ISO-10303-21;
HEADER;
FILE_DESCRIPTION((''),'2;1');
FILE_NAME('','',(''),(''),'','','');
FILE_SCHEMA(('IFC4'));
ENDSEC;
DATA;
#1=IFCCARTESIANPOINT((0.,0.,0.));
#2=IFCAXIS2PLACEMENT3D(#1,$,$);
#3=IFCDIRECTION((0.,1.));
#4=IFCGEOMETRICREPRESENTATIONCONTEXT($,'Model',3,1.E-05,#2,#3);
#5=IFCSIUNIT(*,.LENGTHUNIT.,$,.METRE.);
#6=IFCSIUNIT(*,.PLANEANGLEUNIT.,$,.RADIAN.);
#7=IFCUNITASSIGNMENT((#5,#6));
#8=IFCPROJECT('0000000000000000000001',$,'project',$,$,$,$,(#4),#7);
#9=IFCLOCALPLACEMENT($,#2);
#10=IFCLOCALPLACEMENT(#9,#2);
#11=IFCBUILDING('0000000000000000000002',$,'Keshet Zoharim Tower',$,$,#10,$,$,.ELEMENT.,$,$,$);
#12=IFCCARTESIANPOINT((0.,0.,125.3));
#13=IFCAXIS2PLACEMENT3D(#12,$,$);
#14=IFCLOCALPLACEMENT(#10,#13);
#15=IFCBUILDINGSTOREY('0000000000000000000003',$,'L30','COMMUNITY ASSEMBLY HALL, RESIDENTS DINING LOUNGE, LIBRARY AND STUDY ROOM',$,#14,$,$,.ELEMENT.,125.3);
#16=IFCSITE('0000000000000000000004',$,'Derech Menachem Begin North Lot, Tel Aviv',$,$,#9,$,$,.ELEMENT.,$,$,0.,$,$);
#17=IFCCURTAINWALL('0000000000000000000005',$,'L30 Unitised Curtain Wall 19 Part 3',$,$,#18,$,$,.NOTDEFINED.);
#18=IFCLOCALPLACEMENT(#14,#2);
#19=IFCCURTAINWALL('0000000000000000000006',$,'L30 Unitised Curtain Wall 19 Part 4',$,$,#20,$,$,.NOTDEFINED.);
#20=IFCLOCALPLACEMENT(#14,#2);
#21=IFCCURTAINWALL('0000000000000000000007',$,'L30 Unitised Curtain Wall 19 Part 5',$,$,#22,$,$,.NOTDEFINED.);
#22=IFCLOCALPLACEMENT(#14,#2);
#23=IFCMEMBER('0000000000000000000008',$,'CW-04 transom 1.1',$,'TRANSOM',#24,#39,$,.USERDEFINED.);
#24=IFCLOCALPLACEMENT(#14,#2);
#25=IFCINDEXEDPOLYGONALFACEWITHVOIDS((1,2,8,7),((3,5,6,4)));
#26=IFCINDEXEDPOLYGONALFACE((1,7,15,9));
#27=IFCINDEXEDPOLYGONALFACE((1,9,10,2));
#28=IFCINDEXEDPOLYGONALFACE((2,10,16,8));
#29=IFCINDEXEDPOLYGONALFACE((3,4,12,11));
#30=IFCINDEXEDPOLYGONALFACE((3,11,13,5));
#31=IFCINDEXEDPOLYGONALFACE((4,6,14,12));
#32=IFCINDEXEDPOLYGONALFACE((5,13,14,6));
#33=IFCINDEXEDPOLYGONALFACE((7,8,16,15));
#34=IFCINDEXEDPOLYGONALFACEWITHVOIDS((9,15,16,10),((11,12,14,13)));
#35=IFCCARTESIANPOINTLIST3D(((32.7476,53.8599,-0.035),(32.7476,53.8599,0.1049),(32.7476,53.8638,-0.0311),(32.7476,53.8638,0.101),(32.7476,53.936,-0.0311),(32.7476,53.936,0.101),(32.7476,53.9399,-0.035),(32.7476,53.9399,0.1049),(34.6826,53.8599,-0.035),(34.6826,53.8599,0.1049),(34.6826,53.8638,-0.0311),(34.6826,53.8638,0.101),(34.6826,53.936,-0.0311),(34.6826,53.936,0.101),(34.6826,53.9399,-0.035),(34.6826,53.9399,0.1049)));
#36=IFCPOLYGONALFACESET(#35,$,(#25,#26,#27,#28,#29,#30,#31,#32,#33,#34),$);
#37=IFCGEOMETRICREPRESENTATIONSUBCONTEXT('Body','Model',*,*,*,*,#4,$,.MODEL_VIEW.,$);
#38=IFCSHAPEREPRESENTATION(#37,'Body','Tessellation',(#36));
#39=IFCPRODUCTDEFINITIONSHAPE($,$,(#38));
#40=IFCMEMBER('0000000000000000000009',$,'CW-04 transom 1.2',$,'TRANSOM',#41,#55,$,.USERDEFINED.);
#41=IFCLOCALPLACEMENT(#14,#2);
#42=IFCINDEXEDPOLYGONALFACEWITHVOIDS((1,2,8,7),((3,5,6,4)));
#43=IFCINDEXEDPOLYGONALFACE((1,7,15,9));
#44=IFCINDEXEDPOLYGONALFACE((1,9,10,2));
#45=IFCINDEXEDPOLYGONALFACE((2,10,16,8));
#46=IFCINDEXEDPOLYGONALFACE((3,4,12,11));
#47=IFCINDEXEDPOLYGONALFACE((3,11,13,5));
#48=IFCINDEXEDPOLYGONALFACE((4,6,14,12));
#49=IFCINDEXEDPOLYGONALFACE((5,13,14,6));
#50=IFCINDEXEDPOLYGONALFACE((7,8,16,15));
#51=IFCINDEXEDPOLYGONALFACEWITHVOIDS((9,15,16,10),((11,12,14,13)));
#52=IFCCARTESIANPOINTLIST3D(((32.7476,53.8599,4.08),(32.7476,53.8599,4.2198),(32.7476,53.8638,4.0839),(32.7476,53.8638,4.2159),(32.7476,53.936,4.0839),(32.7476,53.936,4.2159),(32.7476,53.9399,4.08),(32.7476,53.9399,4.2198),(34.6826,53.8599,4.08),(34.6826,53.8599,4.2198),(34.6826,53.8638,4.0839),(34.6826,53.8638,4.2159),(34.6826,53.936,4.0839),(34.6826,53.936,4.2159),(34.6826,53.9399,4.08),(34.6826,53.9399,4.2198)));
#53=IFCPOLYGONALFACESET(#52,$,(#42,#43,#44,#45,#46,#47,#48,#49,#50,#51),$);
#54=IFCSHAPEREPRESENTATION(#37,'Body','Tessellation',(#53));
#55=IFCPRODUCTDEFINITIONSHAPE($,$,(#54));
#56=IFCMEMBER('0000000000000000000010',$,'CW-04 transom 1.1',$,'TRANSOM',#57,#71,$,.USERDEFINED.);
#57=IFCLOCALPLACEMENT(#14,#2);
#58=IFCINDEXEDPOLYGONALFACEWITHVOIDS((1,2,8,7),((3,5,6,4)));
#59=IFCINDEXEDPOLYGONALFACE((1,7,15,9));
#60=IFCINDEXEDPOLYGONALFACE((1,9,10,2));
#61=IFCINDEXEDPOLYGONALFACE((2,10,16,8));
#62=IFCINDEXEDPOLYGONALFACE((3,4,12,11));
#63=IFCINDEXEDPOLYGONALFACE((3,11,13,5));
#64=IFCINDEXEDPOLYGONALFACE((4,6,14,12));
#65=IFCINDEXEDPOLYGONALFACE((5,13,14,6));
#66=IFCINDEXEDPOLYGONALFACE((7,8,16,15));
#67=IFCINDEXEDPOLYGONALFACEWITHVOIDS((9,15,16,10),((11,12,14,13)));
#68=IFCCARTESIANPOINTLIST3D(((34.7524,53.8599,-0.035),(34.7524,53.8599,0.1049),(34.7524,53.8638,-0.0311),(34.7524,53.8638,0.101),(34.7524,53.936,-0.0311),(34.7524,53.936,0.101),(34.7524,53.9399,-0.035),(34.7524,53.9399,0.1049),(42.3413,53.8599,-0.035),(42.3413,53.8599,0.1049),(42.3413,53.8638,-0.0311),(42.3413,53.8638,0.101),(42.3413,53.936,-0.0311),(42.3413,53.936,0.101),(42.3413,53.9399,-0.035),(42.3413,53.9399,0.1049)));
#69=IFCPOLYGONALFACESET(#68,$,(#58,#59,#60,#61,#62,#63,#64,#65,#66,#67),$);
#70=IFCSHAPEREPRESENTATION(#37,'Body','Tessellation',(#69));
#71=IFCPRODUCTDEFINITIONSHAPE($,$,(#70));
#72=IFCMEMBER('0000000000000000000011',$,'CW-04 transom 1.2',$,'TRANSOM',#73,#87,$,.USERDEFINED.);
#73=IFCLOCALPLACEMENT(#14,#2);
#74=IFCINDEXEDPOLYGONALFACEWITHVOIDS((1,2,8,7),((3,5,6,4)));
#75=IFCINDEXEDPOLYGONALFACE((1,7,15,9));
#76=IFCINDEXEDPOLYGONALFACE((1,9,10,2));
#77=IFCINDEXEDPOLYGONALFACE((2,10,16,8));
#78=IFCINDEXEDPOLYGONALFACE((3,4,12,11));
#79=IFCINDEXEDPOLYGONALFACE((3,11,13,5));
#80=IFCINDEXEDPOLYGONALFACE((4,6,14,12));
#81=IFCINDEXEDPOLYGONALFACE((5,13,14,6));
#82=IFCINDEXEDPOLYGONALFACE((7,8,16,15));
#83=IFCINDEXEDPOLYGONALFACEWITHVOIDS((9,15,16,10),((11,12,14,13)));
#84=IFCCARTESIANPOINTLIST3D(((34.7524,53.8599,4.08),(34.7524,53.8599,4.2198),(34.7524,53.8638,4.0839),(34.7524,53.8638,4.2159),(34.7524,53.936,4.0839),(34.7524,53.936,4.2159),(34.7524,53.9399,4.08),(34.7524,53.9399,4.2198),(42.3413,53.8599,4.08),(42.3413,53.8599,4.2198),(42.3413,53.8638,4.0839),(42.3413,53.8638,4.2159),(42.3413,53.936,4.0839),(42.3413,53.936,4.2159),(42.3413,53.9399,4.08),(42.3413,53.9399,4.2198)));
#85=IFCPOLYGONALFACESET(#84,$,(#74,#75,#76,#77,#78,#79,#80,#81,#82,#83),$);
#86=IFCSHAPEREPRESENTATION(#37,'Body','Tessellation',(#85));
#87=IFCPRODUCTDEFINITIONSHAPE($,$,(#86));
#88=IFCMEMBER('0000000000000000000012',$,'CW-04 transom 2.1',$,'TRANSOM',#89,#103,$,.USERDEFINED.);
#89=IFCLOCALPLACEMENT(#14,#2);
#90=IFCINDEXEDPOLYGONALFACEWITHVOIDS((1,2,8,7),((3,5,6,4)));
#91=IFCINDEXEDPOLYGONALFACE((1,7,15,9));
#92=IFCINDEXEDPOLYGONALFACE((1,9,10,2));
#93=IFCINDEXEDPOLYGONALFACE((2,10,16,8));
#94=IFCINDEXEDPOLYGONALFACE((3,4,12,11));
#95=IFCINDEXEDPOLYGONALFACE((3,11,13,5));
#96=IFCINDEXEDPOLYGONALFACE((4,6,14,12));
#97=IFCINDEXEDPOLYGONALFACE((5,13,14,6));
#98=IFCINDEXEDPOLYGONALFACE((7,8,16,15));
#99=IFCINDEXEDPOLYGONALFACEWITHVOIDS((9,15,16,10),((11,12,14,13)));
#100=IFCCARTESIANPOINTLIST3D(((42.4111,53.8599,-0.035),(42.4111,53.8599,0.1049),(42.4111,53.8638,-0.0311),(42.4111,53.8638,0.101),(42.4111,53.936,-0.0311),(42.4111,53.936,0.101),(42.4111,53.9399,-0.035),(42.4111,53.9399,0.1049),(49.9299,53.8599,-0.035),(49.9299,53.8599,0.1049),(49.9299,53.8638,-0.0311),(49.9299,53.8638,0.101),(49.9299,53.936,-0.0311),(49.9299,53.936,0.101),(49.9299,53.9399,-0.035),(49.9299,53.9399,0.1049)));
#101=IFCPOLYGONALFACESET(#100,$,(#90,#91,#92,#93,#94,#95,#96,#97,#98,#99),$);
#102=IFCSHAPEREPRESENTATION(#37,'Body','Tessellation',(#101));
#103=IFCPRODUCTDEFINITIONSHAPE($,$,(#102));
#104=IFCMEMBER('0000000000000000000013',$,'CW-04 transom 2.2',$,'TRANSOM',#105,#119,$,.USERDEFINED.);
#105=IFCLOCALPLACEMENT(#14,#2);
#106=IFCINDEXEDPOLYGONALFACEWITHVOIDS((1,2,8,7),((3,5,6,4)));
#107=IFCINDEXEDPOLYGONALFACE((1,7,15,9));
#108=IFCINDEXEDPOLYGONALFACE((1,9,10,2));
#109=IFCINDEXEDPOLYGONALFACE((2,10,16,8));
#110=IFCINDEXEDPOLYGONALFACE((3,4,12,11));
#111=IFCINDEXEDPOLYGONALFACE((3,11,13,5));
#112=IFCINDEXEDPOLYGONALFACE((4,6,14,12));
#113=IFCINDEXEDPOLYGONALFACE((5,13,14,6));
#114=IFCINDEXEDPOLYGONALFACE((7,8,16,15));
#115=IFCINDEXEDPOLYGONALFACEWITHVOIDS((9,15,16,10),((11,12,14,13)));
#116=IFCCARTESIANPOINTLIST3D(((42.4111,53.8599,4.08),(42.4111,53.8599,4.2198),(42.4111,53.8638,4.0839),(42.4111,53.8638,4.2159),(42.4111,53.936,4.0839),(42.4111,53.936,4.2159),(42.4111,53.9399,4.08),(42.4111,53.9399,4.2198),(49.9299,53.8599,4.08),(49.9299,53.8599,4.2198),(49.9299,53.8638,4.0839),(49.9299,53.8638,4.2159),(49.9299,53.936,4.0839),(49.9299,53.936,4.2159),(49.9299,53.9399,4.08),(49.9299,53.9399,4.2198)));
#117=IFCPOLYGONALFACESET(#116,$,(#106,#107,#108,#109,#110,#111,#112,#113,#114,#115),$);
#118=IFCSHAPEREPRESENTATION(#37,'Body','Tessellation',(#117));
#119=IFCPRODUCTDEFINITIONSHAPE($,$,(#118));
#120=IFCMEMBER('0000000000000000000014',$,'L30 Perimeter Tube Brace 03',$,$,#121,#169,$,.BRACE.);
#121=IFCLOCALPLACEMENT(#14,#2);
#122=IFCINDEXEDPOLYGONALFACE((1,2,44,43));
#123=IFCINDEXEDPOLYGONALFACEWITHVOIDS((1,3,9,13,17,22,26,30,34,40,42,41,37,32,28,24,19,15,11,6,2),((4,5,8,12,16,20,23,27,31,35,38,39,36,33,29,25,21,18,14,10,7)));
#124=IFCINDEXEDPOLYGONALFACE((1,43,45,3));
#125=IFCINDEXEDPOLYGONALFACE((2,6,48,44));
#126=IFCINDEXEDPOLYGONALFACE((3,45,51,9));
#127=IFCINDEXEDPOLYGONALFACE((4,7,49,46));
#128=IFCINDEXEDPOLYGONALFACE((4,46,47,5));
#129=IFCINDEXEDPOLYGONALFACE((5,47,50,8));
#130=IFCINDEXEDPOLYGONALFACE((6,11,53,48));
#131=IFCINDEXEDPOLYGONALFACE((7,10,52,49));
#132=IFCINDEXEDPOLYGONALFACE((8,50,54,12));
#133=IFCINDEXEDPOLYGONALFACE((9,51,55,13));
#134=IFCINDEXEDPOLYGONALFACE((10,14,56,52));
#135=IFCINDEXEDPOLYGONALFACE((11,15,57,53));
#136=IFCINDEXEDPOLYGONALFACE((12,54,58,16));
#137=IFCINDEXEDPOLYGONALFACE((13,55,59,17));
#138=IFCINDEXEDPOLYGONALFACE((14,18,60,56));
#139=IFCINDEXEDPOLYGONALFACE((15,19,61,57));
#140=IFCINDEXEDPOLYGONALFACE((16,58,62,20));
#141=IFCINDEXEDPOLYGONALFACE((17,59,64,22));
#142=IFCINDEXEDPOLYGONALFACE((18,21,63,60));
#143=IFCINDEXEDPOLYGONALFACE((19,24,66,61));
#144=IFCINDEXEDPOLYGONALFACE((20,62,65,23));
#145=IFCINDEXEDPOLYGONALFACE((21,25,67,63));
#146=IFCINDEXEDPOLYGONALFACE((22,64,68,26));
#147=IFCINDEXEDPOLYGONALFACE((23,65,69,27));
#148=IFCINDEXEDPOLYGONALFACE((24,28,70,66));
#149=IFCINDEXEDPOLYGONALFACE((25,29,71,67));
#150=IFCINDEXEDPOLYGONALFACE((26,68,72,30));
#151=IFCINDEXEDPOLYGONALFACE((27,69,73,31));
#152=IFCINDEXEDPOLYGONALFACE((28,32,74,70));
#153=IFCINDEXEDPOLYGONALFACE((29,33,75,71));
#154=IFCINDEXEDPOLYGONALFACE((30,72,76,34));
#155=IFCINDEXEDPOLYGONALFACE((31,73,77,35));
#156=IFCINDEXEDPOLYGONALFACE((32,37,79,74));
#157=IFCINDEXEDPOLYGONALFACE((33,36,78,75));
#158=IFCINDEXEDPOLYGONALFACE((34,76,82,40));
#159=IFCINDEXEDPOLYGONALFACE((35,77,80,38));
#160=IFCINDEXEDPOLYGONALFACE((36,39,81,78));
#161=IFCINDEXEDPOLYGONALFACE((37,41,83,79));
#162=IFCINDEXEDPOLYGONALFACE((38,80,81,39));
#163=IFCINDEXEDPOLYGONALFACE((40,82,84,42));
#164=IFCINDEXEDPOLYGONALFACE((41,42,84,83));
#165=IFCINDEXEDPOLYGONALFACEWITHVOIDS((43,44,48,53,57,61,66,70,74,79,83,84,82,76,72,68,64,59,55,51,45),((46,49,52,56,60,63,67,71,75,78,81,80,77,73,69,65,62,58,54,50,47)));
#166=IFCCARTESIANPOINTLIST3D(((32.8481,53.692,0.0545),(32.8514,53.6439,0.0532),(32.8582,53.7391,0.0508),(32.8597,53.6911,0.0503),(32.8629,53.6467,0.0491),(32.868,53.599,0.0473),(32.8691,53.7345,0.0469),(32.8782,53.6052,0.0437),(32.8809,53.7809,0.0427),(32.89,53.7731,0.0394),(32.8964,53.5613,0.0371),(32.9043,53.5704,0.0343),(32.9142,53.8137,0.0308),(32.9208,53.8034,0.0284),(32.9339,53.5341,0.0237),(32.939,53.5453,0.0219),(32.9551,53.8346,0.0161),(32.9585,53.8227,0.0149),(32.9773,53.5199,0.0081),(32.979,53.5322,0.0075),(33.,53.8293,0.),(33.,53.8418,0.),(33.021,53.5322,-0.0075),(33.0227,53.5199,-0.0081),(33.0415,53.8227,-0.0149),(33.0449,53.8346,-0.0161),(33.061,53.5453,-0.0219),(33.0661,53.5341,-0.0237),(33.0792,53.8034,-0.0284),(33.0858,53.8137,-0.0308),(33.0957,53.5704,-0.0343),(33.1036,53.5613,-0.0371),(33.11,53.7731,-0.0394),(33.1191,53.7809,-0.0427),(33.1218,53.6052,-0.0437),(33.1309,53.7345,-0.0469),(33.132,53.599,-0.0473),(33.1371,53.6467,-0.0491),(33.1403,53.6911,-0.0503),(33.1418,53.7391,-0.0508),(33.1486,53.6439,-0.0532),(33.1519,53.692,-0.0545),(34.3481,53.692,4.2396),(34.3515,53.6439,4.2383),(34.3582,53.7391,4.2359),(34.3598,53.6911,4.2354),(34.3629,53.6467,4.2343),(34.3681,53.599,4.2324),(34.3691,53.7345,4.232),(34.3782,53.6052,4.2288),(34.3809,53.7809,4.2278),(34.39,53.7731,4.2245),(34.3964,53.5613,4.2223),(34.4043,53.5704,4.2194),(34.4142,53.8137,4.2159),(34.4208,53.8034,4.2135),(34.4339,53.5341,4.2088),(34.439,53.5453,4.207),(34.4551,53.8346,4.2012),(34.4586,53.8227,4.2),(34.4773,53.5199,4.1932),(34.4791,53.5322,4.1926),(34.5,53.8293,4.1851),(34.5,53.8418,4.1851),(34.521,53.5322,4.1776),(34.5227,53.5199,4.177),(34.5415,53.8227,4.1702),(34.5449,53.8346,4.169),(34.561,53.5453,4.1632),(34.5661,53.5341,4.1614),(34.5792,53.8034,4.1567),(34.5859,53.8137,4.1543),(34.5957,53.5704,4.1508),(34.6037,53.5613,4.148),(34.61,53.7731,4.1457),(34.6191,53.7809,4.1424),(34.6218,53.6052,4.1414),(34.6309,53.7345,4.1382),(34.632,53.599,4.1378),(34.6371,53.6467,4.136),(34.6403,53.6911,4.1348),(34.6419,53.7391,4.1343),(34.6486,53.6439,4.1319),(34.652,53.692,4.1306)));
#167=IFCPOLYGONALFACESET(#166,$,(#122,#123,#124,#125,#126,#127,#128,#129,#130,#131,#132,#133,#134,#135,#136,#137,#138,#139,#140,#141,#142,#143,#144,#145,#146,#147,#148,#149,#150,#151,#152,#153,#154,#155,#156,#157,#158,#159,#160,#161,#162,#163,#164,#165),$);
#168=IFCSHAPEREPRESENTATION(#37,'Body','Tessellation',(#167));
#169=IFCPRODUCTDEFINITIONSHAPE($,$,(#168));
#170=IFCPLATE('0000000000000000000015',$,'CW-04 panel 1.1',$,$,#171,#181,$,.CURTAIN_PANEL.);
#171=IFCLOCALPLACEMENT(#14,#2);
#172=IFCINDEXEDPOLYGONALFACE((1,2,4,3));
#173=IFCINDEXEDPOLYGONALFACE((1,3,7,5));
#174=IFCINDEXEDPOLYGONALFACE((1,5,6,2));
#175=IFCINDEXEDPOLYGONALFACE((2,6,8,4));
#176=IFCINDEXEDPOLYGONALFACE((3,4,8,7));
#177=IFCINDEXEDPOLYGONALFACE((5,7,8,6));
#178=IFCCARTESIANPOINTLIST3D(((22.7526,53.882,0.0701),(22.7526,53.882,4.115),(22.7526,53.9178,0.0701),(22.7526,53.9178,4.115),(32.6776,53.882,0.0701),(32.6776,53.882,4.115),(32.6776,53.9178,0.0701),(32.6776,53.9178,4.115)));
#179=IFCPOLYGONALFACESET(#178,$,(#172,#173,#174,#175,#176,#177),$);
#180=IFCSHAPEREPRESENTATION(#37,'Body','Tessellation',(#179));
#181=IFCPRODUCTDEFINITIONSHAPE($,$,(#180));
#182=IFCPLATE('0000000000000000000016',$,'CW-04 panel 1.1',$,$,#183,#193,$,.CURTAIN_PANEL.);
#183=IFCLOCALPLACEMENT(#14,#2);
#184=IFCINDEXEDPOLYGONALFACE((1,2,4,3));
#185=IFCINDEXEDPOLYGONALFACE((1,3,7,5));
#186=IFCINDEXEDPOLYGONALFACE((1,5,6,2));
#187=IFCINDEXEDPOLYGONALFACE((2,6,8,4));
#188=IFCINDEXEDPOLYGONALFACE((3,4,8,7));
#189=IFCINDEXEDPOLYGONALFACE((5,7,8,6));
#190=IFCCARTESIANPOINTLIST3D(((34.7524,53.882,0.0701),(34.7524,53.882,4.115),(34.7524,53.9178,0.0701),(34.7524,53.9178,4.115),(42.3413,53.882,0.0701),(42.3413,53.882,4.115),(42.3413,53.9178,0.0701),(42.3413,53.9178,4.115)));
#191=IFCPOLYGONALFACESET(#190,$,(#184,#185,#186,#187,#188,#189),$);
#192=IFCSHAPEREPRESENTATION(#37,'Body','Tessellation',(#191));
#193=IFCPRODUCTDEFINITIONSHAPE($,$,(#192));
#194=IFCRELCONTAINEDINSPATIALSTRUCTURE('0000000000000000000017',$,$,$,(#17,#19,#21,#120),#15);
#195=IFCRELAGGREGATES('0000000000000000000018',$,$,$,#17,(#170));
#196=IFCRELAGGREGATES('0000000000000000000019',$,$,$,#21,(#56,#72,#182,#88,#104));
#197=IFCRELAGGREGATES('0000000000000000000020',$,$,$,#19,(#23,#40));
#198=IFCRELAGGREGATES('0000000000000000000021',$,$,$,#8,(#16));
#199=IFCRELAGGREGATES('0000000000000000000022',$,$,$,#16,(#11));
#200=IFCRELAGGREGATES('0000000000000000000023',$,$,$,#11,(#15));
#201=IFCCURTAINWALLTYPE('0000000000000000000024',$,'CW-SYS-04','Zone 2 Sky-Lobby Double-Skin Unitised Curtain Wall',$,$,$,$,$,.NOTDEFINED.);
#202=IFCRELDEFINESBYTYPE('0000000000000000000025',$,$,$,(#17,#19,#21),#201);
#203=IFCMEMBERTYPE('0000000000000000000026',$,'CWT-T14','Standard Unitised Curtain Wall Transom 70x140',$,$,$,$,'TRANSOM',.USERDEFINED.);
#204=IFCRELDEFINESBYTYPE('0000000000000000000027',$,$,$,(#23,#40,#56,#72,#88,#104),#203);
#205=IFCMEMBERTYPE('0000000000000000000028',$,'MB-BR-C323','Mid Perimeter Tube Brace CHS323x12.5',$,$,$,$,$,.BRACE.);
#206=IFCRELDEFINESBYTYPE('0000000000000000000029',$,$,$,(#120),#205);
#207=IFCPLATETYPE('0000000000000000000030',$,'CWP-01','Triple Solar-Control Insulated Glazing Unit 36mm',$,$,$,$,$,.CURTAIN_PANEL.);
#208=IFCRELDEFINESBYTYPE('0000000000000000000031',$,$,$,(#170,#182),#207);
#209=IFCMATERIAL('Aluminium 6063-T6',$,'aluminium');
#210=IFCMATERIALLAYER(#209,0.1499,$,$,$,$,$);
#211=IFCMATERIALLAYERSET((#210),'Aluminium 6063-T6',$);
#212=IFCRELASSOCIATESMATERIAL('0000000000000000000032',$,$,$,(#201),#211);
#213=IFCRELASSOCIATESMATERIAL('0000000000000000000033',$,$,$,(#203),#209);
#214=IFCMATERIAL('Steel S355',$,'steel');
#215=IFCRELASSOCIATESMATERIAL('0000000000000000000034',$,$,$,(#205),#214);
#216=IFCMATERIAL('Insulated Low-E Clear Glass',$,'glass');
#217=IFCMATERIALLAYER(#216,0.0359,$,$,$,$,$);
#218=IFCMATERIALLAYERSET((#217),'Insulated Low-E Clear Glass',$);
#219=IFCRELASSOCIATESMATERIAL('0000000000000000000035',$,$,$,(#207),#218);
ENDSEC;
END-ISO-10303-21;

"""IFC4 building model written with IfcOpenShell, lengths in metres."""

from ifc_helpers import new_model, si_unit, direction, frame, origin, origin_2d, place, context, subcontext, project, spatial, rectangle, hollow_rectangle, hollow_circle, extrude, material, layer, layer_set, material_profile, profile_set, type_object, element, aggregate, save


model = new_model("IFC4")

# Units and contexts
model_context = context("Model", 3, precision=1e-05, world=origin(), true_north=direction((0.0, 1.0)))
body_context = subcontext(model_context, "Body", "Model", "MODEL_VIEW")
ifc_project = project(units=[si_unit("LENGTHUNIT", "METRE"), si_unit("PLANEANGLEUNIT", "RADIAN")], contexts=[model_context])

# Site, building, storey
site_placement = place(None, origin())
site = spatial("IfcSite", under=ifc_project, at=site_placement, Name="Derech Menachem Begin North Lot, Tel Aviv", CompositionType="ELEMENT", RefElevation=0.0)
building_placement = place(site_placement, origin())
building = spatial("IfcBuilding", under=site, at=building_placement, Name="Keshet Zoharim Tower", CompositionType="ELEMENT")
storey_placement = place(building_placement, frame((0.0, 0.0, 125.3)))
storey = spatial("IfcBuildingStorey", under=building, at=storey_placement, Name="L30", Description="COMMUNITY ASSEMBLY HALL, RESIDENTS DINING LOUNGE, LIBRARY AND STUDY ROOM", CompositionType="ELEMENT", Elevation=125.3)

# Shared definitions
ifc_material_1 = material(Name="Steel S355", Category="steel")

# Curtain walls
ifc_material_2 = material(Name="Aluminium 6063-T6", Category="aluminium")
ifc_layer_1 = layer(ifc_material_2, 0.1499)
ifc_layer_set_1 = layer_set([ifc_layer_1], Name="Aluminium 6063-T6")
curtain_wall_type = type_object("IfcCurtainWallType", Name="CW-SYS-04", Description="Zone 2 Sky-Lobby Double-Skin Unitised Curtain Wall", PredefinedType="NOTDEFINED", material=ifc_layer_set_1)
curtain_wall_1_placement = place(storey_placement, origin())
curtain_wall_1 = element("IfcCurtainWall", 1, at=curtain_wall_1_placement, inside=storey, type_object=curtain_wall_type, Name="L30 Unitised Curtain Wall 19 Part 3", PredefinedType="NOTDEFINED")
curtain_wall_2_placement = place(storey_placement, origin())
curtain_wall_2 = element("IfcCurtainWall", 2, at=curtain_wall_2_placement, inside=storey, type_object=curtain_wall_type, Name="L30 Unitised Curtain Wall 19 Part 4", PredefinedType="NOTDEFINED")

# Curtain wall
curtain_wall_3_placement = place(storey_placement, origin())
curtain_wall_3 = element("IfcCurtainWall", 3, at=curtain_wall_3_placement, inside=storey, type_object=curtain_wall_type, Name="L30 Unitised Curtain Wall 19 Part 5", PredefinedType="NOTDEFINED")

# Members
ifc_material_profile_1 = material_profile(ifc_material_2, hollow_rectangle(XDim=0.0801, YDim=0.1399, WallThickness=0.0039, at=origin_2d()), Name="TRN-80x140")
ifc_profile_set_1 = profile_set([ifc_material_profile_1], Name="Aluminium 6063-T6")
member_type_1 = type_object("IfcMemberType", Name="CWT-T14", Description="Standard Unitised Curtain Wall Transom 70x140", ElementType="TRANSOM", PredefinedType="USERDEFINED", material=ifc_profile_set_1)
member_1_placement = place(storey_placement, frame((32.7476, 53.8999, 0.0349), z_axis=(1.0, 0.0, 0.0), x_axis=(0.0, 1.0, 0.0)))
member_1 = element("IfcMember", 4, at=member_1_placement, type_object=member_type_1, Name="CW-04 transom 1.1", ObjectType="TRANSOM", PredefinedType="USERDEFINED", context=body_context, shape_type="SweptSolid", body=[
    extrude(hollow_rectangle(XDim=0.0801, YDim=0.1399, WallThickness=0.0039, at=origin_2d()), origin(), (0.0, 0.0, 1.0), 1.9351),
])
member_2_placement = place(storey_placement, frame((32.7476, 53.8999, 4.1499), z_axis=(1.0, 0.0, 0.0), x_axis=(0.0, 1.0, 0.0)))
member_2 = element("IfcMember", 5, at=member_2_placement, type_object=member_type_1, Name="CW-04 transom 1.2", ObjectType="TRANSOM", PredefinedType="USERDEFINED", context=body_context, shape_type="SweptSolid", body=[
    extrude(hollow_rectangle(XDim=0.0801, YDim=0.1399, WallThickness=0.0039, at=origin_2d()), origin(), (0.0, 0.0, 1.0), 1.9351),
])
member_3_placement = place(storey_placement, frame((34.7524, 53.8999, 0.0349), z_axis=(1.0, 0.0, 0.0), x_axis=(0.0, 1.0, 0.0)))
member_3 = element("IfcMember", 6, at=member_3_placement, type_object=member_type_1, Name="CW-04 transom 1.1", ObjectType="TRANSOM", PredefinedType="USERDEFINED", context=body_context, shape_type="SweptSolid", body=[
    extrude(hollow_rectangle(XDim=0.0801, YDim=0.1399, WallThickness=0.0039, at=origin_2d()), origin(), (0.0, 0.0, 1.0), 7.5889),
])
member_4_placement = place(storey_placement, frame((34.7524, 53.8999, 4.1499), z_axis=(1.0, 0.0, 0.0), x_axis=(0.0, 1.0, 0.0)))
member_4 = element("IfcMember", 7, at=member_4_placement, type_object=member_type_1, Name="CW-04 transom 1.2", ObjectType="TRANSOM", PredefinedType="USERDEFINED", context=body_context, shape_type="SweptSolid", body=[
    extrude(hollow_rectangle(XDim=0.0801, YDim=0.1399, WallThickness=0.0039, at=origin_2d()), origin(), (0.0, 0.0, 1.0), 7.5889),
])
member_5_placement = place(storey_placement, frame((42.4111, 53.8999, 0.0349), z_axis=(1.0, 0.0, 0.0), x_axis=(0.0, 1.0, 0.0)))
member_5 = element("IfcMember", 8, at=member_5_placement, type_object=member_type_1, Name="CW-04 transom 2.1", ObjectType="TRANSOM", PredefinedType="USERDEFINED", context=body_context, shape_type="SweptSolid", body=[
    extrude(hollow_rectangle(XDim=0.0801, YDim=0.1399, WallThickness=0.0039, at=origin_2d()), origin(), (0.0, 0.0, 1.0), 7.5188),
])
member_6_placement = place(storey_placement, frame((42.4111, 53.8999, 4.1499), z_axis=(1.0, 0.0, 0.0), x_axis=(0.0, 1.0, 0.0)))
member_6 = element("IfcMember", 9, at=member_6_placement, type_object=member_type_1, Name="CW-04 transom 2.2", ObjectType="TRANSOM", PredefinedType="USERDEFINED", context=body_context, shape_type="SweptSolid", body=[
    extrude(hollow_rectangle(XDim=0.0801, YDim=0.1399, WallThickness=0.0039, at=origin_2d()), origin(), (0.0, 0.0, 1.0), 7.5188),
])
ifc_material_profile_2 = material_profile(ifc_material_1, hollow_circle(Radius=0.1619, WallThickness=0.0125, at=origin_2d()), Name="CHS323x12.5")
ifc_profile_set_2 = profile_set([ifc_material_profile_2], Name="Steel S355")
member_type_2 = type_object("IfcMemberType", Name="MB-BR-C323", Description="Mid Perimeter Tube Brace CHS323x12.5", PredefinedType="BRACE", material=ifc_profile_set_2)
member_7_placement = place(storey_placement, frame((33.0, 53.6799, 0.0), z_axis=(0.337401, 0.0, 0.941361), x_axis=(0.0, 1.0, 0.0)))
element("IfcMember", 10, at=member_7_placement, inside=storey, type_object=member_type_2, Name="L30 Perimeter Tube Brace 03", PredefinedType="BRACE", context=body_context, shape_type="SweptSolid", body=[
    extrude(hollow_circle(Radius=0.1619, WallThickness=0.0125, at=origin_2d()), origin(), (0.0, 0.0, 1.0), 4.4458),
])

# Plates
ifc_material_3 = material(Name="Insulated Low-E Clear Glass", Category="glass")
ifc_layer_2 = layer(ifc_material_3, 0.0359)
ifc_layer_set_2 = layer_set([ifc_layer_2], Name="Insulated Low-E Clear Glass")
plate_type_1 = type_object("IfcPlateType", Name="CWP-01", Description="Triple Solar-Control Insulated Glazing Unit 36mm", PredefinedType="CURTAIN_PANEL", material=ifc_layer_set_2)
plate_1_placement = place(storey_placement, frame((27.7151, 53.8999, 0.0701), z_axis=(0.0, 0.0, 1.0), x_axis=(1.0, 0.0, 0.0)))
plate_1 = element("IfcPlate", 11, at=plate_1_placement, type_object=plate_type_1, Name="CW-04 panel 1.1", PredefinedType="CURTAIN_PANEL", context=body_context, shape_type="SweptSolid", body=[
    extrude(rectangle(XDim=9.925, YDim=0.0359, at=origin_2d()), origin(), (0.0, 0.0, 1.0), 4.0449),
])
aggregate(curtain_wall_1, [plate_1])
plate_2_placement = place(storey_placement, frame((38.5469, 53.8999, 0.0701), z_axis=(0.0, 0.0, 1.0), x_axis=(1.0, 0.0, 0.0)))
plate_2 = element("IfcPlate", 12, at=plate_2_placement, type_object=plate_type_1, Name="CW-04 panel 1.1", PredefinedType="CURTAIN_PANEL", context=body_context, shape_type="SweptSolid", body=[
    extrude(rectangle(XDim=7.5889, YDim=0.0359, at=origin_2d()), origin(), (0.0, 0.0, 1.0), 4.0449),
])
aggregate(curtain_wall_3, [member_3, member_4, plate_2, member_5, member_6])
aggregate(curtain_wall_2, [member_1, member_2])

save(model, "model.ifc")
